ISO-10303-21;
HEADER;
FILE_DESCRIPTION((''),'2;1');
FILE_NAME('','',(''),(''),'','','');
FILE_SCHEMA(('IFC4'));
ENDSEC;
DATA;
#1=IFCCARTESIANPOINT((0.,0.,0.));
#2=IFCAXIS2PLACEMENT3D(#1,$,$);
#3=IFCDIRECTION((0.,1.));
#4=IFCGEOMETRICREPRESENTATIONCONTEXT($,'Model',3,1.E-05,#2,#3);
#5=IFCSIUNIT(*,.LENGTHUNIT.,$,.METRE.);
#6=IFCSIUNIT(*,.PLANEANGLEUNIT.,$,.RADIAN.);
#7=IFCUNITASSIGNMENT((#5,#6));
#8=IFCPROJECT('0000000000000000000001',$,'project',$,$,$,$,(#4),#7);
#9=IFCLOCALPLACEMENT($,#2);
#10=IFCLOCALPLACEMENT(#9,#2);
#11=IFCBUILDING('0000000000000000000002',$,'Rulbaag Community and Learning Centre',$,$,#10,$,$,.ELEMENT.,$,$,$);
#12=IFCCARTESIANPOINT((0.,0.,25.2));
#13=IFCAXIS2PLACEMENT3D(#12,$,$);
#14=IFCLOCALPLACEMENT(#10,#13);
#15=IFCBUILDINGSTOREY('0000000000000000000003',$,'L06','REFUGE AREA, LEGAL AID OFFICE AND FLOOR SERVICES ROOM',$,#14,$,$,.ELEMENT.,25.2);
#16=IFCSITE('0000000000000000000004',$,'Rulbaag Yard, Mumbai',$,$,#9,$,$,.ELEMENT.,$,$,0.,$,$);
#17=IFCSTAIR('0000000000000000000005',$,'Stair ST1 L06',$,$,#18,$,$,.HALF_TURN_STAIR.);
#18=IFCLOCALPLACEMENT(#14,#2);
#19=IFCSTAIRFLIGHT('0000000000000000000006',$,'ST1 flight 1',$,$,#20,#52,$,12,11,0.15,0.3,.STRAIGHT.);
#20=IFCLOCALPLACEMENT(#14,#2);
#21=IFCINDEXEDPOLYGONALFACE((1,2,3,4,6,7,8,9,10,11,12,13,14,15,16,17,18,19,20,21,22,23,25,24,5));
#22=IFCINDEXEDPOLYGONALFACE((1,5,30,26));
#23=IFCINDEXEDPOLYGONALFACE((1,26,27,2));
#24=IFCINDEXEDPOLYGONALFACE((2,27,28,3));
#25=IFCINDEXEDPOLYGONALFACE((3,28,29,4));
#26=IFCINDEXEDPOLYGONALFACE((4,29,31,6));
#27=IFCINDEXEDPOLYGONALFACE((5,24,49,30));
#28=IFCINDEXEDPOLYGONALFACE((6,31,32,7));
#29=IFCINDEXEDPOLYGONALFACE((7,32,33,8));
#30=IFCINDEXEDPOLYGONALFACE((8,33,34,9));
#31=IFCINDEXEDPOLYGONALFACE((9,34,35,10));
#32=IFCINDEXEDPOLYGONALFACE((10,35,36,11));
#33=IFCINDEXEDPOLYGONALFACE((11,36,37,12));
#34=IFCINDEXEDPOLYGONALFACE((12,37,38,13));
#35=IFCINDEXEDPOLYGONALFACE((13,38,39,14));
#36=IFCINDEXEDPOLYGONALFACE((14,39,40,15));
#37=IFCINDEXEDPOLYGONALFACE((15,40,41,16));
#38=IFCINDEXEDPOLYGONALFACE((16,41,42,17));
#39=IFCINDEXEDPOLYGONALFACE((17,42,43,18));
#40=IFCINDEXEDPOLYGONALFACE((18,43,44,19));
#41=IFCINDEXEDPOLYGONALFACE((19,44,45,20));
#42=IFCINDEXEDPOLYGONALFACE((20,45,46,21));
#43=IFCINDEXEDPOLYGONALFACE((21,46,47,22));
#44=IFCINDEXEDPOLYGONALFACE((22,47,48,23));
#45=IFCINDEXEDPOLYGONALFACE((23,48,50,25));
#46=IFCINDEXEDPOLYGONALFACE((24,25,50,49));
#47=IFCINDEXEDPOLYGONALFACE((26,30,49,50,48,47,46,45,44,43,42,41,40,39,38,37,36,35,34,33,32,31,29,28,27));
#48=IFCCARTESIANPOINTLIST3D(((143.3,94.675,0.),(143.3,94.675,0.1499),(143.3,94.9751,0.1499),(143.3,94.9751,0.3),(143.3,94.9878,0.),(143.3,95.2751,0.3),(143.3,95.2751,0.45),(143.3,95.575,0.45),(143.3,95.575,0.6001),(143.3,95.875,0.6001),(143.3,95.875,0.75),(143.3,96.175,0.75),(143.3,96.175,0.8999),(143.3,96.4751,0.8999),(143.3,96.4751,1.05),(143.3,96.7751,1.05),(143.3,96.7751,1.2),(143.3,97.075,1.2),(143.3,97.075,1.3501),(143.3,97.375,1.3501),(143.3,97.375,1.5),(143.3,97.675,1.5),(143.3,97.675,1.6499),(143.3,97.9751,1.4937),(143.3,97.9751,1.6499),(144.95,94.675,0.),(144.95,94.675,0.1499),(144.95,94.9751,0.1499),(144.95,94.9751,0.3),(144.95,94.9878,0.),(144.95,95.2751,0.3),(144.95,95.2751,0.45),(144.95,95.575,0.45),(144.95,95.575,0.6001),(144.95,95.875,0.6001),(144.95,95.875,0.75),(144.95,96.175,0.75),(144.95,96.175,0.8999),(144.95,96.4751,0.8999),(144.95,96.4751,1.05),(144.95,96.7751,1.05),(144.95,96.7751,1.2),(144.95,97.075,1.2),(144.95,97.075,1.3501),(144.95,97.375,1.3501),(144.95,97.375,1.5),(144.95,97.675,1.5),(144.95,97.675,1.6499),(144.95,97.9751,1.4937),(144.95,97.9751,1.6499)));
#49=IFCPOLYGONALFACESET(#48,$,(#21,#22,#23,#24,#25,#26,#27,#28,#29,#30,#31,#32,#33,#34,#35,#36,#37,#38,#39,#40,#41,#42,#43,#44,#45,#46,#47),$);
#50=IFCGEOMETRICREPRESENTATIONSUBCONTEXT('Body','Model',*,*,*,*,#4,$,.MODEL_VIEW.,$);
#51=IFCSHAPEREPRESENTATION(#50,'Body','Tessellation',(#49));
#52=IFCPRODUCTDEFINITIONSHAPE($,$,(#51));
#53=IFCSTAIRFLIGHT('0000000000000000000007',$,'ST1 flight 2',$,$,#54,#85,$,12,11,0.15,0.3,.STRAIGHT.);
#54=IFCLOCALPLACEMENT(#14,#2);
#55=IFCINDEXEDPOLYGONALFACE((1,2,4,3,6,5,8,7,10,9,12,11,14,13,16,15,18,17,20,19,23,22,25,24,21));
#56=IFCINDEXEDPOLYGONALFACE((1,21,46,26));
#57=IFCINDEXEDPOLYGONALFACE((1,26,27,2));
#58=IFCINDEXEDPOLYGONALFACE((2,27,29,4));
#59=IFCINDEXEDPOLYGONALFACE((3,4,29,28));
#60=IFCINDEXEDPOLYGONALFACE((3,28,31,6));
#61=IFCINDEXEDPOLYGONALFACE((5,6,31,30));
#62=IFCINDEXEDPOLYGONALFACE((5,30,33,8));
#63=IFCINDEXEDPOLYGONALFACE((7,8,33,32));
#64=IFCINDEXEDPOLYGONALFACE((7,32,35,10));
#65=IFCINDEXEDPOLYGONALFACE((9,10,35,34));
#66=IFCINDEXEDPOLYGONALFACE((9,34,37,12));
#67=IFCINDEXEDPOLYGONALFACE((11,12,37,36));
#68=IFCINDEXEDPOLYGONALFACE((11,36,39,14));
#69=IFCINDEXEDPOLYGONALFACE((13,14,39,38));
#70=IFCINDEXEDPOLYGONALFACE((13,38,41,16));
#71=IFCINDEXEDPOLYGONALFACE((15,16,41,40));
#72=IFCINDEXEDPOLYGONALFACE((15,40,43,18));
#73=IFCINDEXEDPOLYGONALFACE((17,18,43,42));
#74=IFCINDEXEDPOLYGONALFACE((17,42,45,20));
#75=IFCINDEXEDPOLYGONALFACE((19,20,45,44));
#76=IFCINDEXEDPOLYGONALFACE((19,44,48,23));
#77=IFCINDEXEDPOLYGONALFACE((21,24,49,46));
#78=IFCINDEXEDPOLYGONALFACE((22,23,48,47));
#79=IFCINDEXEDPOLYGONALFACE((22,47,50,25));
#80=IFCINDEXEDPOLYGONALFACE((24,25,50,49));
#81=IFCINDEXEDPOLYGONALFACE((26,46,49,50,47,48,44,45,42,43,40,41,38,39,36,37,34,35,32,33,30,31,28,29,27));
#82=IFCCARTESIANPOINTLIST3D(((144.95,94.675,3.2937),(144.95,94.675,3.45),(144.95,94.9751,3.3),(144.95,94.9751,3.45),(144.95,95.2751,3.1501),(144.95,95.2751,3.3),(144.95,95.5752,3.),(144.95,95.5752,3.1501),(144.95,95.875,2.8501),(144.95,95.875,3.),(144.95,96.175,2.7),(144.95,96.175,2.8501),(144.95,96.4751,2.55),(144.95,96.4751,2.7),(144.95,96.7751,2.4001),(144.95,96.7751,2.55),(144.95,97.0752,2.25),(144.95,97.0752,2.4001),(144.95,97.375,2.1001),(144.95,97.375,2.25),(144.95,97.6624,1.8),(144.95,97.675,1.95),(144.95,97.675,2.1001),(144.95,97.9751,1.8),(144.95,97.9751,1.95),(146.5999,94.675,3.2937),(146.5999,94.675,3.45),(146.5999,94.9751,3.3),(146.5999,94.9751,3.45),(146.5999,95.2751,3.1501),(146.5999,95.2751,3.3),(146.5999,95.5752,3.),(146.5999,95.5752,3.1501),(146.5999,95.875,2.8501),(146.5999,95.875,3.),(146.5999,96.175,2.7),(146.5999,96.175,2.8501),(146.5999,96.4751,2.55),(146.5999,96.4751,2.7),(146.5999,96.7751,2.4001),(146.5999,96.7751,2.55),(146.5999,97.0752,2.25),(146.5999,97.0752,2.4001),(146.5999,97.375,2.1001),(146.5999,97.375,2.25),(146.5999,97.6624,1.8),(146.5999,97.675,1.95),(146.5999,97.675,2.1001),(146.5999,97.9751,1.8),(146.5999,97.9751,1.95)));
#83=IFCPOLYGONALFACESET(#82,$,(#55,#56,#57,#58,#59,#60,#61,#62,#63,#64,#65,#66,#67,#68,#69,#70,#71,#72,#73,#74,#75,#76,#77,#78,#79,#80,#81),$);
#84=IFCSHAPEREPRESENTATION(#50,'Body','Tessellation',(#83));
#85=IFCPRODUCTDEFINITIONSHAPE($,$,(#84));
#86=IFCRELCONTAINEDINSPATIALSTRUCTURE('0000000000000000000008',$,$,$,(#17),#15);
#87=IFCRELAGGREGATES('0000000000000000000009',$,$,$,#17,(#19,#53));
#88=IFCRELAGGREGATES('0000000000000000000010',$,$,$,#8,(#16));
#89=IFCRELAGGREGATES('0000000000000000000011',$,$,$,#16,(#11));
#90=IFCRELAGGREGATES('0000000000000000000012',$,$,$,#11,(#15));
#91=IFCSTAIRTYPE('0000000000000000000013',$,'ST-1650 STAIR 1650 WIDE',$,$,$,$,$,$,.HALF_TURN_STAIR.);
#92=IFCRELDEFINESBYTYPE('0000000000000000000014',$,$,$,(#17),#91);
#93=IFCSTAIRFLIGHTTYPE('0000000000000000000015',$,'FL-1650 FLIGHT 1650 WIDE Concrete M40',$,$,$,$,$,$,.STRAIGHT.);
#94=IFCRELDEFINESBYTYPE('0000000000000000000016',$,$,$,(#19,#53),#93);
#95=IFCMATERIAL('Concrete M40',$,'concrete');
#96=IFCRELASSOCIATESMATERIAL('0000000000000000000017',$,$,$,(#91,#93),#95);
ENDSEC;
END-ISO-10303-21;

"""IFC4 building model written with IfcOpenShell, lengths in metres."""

from ifc_helpers import new_model, si_unit, direction, frame, origin, place, context, subcontext, project, spatial, polyline, outline, extrude, material, type_object, element, aggregate, save


model = new_model("IFC4")

# Units and contexts
model_context = context("Model", 3, precision=1e-05, world=origin(), true_north=direction((0.0, 1.0)))
body_context = subcontext(model_context, "Body", "Model", "MODEL_VIEW")
ifc_project = project(units=[si_unit("LENGTHUNIT", "METRE"), si_unit("PLANEANGLEUNIT", "RADIAN")], contexts=[model_context])

# Site, building, storey
site_placement = place(None, origin())
site = spatial("IfcSite", under=ifc_project, at=site_placement, Name="Rulbaag Yard, Mumbai", CompositionType="ELEMENT", RefElevation=0.0)
building_placement = place(site_placement, origin())
building = spatial("IfcBuilding", under=site, at=building_placement, Name="Rulbaag Community and Learning Centre", CompositionType="ELEMENT")
storey_placement = place(building_placement, frame((0.0, 0.0, 25.2)))
storey = spatial("IfcBuildingStorey", under=building, at=storey_placement, Name="L06", Description="REFUGE AREA, LEGAL AID OFFICE AND FLOOR SERVICES ROOM", CompositionType="ELEMENT", Elevation=25.2)

# Shared definitions
ifc_material_1 = material(Name="Concrete M40", Category="concrete")

# Stair, stair flights
stair_type = type_object("IfcStairType", Name="ST-1650 STAIR 1650 WIDE", PredefinedType="HALF_TURN_STAIR", material=ifc_material_1)
stair_placement = place(storey_placement, origin())
stair = element("IfcStair", 1, at=stair_placement, inside=storey, type_object=stair_type, Name="Stair ST1 L06", PredefinedType="HALF_TURN_STAIR")
stair_flight_type = type_object("IfcStairFlightType", Name="FL-1650 FLIGHT 1650 WIDE Concrete M40", PredefinedType="STRAIGHT", material=ifc_material_1)
stair_flight_1_placement = place(storey_placement, frame((144.125, 94.675, 0.0), z_axis=(0.0, 0.0, 1.0), x_axis=(0.0, 1.0, 0.0)))
stair_flight_1 = element("IfcStairFlight", 2, at=stair_flight_1_placement, type_object=stair_flight_type, Name="ST1 flight 1", NumberOfRisers=12, NumberOfTreads=11, PredefinedType="STRAIGHT", RiserHeight=0.15, TreadLength=0.3, context=body_context, shape_type="SweptSolid", body=[
    extrude(outline(polyline([(0.0, 0.0), (0.0, 0.1499), (0.3, 0.1499), (0.3, 0.3), (0.6001, 0.3), (0.6001, 0.45), (0.8999, 0.45), (0.8999, 0.6001), (1.2, 0.6001), (1.2, 0.75), (1.5, 0.75), (1.5, 0.8999), (1.8, 0.8999), (1.8, 1.05), (2.1001, 1.05), (2.1001, 1.2), (2.3999, 1.2), (2.3999, 1.3501), (2.7, 1.3501), (2.7, 1.5), (3.0, 1.5), (3.0, 1.6499), (3.3, 1.6499), (3.3, 1.4937), (0.3127, 0.0), (0.0, 0.0)])), frame((0.0, 0.825, 0.0), z_axis=(0.0, -1.0, 0.0), x_axis=(1.0, 0.0, 0.0)), (0.0, 0.0, 1.0), 1.6499),
])
stair_flight_2_placement = place(storey_placement, frame((145.7749, 97.9751, 1.8), z_axis=(0.0, 0.0, 1.0), x_axis=(0.0, -1.0, 0.0)))
stair_flight_2 = element("IfcStairFlight", 3, at=stair_flight_2_placement, type_object=stair_flight_type, Name="ST1 flight 2", NumberOfRisers=12, NumberOfTreads=11, PredefinedType="STRAIGHT", RiserHeight=0.15, TreadLength=0.3, context=body_context, shape_type="SweptSolid", body=[
    extrude(outline(polyline([(0.0, 0.0), (0.0, 0.1499), (0.3, 0.1499), (0.3, 0.3), (0.6001, 0.3), (0.6001, 0.45), (0.8999, 0.45), (0.8999, 0.6001), (1.2, 0.6001), (1.2, 0.75), (1.5, 0.75), (1.5, 0.8999), (1.8, 0.8999), (1.8, 1.05), (2.1001, 1.05), (2.1001, 1.2), (2.3999, 1.2), (2.3999, 1.3501), (2.7, 1.3501), (2.7, 1.5), (3.0, 1.5), (3.0, 1.6499), (3.3, 1.6499), (3.3, 1.4937), (0.3127, 0.0), (0.0, 0.0)])), frame((0.0, 0.825, 0.0), z_axis=(0.0, -1.0, 0.0), x_axis=(1.0, 0.0, 0.0)), (0.0, 0.0, 1.0), 1.6499),
])
aggregate(stair, [stair_flight_1, stair_flight_2])

save(model, "model.ifc")
